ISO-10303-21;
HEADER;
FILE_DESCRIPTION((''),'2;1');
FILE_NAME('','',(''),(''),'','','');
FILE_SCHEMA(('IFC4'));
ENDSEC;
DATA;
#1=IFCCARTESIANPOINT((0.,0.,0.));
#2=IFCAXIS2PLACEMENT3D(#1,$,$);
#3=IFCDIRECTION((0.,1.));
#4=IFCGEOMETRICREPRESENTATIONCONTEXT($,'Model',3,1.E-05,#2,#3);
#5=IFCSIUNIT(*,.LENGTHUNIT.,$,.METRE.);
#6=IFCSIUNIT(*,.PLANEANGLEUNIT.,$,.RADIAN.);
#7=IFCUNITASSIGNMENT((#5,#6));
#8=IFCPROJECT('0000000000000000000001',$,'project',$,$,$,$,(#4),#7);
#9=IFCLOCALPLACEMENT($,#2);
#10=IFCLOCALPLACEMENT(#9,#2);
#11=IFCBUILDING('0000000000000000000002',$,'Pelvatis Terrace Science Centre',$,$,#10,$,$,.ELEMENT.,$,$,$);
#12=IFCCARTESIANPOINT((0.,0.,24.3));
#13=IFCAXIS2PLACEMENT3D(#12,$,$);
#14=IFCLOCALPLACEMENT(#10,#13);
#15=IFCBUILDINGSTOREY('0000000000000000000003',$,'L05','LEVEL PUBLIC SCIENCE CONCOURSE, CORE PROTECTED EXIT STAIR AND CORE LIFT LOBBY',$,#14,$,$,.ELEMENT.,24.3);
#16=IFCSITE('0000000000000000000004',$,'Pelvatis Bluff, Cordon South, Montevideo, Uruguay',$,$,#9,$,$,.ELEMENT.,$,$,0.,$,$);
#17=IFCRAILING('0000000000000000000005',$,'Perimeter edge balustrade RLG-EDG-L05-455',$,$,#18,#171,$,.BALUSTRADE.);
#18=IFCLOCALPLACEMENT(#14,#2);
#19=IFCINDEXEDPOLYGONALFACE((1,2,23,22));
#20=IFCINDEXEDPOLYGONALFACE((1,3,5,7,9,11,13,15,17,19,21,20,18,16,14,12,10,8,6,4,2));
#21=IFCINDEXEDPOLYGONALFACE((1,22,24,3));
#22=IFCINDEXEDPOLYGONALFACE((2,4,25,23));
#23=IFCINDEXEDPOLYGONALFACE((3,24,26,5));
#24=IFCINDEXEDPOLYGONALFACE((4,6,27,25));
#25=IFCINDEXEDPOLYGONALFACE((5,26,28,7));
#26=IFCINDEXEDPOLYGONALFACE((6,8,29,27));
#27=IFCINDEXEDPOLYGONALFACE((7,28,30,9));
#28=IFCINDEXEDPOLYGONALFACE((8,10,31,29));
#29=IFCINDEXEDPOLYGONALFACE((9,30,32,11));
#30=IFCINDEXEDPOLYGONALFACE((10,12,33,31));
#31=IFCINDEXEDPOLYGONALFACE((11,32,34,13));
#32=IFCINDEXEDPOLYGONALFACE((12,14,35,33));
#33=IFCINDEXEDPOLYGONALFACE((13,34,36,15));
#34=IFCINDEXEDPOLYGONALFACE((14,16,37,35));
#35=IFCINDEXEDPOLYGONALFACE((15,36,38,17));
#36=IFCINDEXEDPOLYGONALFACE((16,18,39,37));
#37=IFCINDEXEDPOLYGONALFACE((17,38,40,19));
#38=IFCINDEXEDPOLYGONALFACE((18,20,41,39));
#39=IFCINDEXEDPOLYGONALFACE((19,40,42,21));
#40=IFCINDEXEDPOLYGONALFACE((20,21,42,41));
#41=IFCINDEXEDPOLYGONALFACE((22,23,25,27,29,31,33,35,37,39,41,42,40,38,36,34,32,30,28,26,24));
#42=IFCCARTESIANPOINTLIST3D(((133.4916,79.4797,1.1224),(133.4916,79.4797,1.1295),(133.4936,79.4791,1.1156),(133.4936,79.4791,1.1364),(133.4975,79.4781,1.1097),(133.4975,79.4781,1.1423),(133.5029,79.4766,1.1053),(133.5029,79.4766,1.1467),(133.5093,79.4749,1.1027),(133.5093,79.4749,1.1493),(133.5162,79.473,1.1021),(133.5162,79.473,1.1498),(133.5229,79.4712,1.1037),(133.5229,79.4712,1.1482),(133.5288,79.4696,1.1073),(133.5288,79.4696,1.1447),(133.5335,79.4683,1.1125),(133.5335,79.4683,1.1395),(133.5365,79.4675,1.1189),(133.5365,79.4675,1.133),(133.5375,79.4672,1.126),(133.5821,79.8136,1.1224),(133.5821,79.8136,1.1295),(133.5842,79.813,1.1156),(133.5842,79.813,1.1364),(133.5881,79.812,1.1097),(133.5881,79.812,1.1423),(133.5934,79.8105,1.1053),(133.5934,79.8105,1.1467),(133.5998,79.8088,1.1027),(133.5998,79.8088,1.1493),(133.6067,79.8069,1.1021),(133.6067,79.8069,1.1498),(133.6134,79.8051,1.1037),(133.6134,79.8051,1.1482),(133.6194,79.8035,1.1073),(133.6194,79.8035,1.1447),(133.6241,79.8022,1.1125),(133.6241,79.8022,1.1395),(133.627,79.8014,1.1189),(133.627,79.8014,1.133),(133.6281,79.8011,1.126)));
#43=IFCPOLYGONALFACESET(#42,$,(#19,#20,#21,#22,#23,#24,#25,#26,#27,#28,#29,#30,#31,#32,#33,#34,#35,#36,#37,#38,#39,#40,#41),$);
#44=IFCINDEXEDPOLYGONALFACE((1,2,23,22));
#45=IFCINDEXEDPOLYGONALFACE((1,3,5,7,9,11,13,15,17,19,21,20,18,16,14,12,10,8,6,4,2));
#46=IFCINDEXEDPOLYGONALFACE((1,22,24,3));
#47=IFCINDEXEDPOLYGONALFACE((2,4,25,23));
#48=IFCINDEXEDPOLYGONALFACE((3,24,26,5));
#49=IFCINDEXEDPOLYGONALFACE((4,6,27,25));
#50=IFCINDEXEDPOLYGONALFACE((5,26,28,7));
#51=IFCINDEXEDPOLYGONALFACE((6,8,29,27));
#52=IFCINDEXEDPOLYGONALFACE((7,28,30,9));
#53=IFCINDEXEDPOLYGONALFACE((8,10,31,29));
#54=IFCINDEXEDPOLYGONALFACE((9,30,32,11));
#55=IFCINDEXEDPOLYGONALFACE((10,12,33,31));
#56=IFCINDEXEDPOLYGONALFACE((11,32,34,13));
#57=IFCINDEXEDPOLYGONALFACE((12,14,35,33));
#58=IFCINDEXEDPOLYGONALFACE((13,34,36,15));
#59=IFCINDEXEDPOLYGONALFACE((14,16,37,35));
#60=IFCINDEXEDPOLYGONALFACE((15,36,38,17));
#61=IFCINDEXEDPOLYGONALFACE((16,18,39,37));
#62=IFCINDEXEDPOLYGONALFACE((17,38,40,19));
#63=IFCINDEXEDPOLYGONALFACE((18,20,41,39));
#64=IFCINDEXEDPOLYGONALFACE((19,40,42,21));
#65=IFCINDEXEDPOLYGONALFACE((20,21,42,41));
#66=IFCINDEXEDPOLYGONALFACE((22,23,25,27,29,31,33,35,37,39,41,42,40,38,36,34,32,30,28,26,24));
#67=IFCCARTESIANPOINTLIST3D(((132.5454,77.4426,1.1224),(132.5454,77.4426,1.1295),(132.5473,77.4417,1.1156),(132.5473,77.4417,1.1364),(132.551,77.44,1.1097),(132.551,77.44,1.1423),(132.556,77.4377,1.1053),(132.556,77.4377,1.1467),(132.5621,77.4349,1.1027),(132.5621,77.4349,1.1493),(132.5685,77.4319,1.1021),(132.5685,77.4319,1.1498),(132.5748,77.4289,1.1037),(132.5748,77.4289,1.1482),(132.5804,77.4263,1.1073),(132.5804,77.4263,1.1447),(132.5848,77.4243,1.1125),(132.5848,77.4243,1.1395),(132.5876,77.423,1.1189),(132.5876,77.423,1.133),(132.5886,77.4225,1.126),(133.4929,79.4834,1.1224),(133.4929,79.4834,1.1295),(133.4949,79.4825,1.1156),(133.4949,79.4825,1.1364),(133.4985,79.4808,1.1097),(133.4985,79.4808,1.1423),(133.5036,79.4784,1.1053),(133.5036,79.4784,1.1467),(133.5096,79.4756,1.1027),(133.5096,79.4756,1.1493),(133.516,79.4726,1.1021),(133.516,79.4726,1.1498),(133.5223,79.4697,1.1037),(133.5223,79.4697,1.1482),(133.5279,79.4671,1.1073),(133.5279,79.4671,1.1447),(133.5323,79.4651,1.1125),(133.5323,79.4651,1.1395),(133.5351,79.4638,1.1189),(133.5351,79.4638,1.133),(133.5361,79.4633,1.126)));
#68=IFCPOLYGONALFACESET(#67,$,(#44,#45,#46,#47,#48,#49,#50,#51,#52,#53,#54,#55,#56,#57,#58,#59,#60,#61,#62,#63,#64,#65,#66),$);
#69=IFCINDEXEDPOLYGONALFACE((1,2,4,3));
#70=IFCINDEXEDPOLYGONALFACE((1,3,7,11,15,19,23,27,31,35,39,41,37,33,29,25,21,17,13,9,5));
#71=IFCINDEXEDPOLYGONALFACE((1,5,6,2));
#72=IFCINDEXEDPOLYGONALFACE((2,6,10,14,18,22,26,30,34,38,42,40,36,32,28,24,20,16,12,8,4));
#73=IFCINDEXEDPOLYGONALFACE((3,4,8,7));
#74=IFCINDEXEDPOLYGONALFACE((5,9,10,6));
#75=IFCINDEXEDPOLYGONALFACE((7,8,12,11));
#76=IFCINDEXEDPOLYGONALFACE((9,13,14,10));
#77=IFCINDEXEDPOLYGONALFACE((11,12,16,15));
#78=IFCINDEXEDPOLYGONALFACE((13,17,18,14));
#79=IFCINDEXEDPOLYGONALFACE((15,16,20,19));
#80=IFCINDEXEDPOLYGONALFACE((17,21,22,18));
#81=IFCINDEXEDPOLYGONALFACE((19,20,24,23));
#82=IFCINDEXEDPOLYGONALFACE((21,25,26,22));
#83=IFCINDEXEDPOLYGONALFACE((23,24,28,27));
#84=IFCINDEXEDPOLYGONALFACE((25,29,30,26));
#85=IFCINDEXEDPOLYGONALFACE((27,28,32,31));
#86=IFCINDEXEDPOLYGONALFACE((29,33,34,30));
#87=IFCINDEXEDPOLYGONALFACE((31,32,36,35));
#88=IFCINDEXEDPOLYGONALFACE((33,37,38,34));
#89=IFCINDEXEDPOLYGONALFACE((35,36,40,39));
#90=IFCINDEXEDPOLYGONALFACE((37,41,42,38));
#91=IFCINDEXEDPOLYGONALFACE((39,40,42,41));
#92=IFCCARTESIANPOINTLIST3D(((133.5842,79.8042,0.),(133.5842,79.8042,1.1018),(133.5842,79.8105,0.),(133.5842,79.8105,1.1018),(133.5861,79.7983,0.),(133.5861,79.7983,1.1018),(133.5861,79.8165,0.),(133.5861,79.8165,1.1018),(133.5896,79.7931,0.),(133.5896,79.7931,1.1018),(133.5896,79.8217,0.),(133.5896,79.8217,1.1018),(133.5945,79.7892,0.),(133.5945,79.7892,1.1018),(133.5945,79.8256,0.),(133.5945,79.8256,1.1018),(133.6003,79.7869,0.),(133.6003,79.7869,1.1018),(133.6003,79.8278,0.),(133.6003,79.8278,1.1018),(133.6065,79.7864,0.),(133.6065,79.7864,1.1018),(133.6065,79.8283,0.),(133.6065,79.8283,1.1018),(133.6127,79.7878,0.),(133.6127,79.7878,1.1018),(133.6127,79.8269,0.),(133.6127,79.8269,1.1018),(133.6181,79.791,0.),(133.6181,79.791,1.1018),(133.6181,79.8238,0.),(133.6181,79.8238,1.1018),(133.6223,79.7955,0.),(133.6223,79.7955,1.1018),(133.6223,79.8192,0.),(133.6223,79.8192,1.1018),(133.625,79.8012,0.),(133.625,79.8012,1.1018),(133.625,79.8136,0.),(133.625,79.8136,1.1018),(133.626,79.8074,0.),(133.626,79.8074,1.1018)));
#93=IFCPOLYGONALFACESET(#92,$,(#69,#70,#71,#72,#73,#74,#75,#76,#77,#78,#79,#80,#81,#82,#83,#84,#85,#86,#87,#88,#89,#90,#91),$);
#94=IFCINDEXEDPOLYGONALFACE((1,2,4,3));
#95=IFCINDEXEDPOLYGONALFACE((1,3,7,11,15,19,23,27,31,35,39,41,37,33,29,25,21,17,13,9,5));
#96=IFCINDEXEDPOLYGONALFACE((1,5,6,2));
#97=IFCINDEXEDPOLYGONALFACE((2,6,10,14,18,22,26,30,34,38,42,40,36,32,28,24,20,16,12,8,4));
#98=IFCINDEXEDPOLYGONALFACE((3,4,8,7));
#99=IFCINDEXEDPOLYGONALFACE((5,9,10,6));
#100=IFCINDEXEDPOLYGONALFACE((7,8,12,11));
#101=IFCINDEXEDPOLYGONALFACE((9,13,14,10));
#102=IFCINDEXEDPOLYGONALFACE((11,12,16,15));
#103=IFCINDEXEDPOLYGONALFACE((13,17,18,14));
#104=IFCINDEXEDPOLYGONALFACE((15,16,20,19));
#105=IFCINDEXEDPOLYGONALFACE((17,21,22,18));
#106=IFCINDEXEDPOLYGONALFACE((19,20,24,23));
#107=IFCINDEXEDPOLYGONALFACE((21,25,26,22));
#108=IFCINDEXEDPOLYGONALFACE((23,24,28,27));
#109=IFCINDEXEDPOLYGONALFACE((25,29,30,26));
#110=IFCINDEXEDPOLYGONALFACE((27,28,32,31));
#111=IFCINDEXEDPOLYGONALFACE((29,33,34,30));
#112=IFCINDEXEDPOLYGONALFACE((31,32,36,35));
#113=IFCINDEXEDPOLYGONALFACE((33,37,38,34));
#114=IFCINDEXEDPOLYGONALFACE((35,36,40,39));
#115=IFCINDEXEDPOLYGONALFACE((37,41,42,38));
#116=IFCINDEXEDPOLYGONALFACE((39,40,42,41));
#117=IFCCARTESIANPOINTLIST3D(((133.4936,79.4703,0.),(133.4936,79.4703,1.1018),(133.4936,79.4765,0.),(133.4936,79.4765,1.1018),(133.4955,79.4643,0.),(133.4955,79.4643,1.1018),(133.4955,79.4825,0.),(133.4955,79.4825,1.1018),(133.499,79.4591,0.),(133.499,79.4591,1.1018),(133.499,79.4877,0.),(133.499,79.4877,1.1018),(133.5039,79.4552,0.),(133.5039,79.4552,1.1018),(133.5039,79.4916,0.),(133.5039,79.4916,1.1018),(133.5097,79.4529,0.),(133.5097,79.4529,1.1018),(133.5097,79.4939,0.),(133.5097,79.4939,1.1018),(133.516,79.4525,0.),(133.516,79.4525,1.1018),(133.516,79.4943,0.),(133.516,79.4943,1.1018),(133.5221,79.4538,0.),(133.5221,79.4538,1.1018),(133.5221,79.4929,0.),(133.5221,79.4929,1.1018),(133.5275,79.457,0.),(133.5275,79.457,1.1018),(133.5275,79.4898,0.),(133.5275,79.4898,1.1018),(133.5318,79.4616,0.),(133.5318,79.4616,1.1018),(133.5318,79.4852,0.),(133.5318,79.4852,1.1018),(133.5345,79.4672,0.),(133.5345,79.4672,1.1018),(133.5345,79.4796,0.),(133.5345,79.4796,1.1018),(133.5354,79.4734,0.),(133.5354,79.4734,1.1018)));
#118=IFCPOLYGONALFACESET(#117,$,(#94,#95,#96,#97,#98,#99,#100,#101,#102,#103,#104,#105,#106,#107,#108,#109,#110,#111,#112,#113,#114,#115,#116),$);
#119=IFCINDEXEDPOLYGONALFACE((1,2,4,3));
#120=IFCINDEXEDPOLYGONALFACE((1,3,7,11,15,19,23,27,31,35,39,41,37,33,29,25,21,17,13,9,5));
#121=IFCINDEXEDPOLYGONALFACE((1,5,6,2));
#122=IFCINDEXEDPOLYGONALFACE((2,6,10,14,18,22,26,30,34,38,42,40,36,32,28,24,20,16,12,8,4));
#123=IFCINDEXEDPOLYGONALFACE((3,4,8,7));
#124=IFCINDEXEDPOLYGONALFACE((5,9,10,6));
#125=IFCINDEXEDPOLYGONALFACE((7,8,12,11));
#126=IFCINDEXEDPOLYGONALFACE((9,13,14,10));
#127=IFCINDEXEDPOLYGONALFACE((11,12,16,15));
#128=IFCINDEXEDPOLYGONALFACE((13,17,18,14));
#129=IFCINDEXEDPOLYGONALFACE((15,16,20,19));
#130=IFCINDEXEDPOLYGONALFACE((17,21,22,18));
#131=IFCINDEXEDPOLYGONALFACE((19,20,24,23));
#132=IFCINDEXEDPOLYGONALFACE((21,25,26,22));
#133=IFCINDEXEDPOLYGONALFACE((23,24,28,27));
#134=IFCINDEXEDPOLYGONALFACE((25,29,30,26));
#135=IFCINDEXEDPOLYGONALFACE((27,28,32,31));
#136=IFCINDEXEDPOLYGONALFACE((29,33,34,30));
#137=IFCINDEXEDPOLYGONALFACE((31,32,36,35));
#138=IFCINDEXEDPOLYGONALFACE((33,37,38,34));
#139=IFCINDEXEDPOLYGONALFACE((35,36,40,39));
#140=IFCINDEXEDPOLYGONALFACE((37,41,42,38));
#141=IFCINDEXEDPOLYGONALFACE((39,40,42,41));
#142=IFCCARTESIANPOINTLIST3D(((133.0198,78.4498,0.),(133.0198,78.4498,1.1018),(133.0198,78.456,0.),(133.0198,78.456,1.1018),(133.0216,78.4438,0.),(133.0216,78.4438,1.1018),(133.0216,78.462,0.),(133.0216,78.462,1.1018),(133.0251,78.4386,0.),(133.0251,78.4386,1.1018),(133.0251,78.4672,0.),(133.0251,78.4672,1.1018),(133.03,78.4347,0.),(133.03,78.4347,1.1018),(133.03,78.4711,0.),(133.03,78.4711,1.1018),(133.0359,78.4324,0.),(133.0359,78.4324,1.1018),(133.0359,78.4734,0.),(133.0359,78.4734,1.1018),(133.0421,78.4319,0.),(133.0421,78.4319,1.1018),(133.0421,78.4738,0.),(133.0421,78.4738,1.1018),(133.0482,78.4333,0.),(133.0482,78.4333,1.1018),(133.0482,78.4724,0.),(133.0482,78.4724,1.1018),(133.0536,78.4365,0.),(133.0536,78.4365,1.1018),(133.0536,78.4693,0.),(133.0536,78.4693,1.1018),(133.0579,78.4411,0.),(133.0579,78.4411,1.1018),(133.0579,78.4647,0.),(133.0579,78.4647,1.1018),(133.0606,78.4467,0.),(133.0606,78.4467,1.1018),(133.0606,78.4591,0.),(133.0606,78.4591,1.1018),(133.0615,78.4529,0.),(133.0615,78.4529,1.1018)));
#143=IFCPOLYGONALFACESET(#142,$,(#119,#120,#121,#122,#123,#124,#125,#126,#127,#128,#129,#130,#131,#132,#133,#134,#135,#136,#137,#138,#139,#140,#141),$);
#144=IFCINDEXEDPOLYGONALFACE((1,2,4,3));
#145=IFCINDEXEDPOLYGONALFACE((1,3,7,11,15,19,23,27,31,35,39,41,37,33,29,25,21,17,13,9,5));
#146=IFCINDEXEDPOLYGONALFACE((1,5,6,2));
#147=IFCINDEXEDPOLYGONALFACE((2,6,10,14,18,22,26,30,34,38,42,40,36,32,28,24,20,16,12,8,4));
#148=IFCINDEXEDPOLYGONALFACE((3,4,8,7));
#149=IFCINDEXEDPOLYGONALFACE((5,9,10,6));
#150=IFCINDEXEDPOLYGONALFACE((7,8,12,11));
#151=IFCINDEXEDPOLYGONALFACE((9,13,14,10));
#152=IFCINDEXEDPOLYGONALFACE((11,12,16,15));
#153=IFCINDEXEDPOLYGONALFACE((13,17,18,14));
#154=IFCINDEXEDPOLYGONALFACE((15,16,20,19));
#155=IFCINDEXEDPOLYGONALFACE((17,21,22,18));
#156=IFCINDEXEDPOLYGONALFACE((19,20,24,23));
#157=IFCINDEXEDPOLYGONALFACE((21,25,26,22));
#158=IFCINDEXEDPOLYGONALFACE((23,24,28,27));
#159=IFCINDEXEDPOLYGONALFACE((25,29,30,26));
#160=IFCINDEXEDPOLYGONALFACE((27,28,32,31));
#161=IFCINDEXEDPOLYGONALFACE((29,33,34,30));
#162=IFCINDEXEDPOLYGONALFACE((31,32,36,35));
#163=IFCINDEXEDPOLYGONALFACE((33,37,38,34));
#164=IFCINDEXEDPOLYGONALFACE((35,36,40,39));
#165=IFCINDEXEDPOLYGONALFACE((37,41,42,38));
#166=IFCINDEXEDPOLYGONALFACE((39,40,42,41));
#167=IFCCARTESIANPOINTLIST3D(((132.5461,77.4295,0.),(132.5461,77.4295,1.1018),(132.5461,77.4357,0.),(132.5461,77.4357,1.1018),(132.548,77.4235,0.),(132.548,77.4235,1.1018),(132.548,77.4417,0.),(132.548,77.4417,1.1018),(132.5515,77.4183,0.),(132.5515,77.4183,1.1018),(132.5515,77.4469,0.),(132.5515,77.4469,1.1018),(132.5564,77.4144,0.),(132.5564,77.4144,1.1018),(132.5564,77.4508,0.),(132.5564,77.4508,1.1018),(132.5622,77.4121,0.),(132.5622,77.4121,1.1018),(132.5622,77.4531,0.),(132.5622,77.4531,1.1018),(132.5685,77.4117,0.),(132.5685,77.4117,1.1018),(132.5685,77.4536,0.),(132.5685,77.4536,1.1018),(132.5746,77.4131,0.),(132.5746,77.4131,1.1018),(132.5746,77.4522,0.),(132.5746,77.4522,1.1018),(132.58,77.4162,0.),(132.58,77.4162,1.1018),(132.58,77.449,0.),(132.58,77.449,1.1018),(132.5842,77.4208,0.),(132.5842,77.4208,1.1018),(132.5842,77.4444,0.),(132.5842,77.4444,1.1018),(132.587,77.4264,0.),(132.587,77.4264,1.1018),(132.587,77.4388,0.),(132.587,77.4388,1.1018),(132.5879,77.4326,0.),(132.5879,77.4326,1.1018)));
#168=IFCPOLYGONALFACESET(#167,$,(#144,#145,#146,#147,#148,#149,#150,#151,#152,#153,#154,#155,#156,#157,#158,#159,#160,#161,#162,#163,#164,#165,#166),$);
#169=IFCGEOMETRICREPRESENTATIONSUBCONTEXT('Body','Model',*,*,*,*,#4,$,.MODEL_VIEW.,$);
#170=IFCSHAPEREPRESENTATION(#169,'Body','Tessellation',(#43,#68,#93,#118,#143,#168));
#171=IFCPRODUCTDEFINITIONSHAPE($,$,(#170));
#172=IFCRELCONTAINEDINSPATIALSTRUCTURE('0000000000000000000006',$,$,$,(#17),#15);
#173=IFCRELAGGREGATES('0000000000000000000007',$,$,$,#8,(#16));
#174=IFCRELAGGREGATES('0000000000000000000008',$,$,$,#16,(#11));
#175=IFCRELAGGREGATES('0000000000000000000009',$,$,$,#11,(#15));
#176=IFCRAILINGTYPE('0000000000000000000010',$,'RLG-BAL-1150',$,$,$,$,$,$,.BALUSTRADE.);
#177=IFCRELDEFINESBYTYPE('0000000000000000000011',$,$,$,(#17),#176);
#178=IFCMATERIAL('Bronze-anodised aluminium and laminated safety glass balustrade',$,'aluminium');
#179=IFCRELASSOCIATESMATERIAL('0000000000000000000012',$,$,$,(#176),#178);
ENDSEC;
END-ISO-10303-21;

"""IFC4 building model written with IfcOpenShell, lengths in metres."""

from ifc_helpers import new_model, si_unit, direction, frame, origin, origin_2d, place, context, subcontext, project, spatial, circle, extrude, material, type_object, element, save


model = new_model("IFC4")

# Units and contexts
model_context = context("Model", 3, precision=1e-05, world=origin(), true_north=direction((0.0, 1.0)))
body_context = subcontext(model_context, "Body", "Model", "MODEL_VIEW")
ifc_project = project(units=[si_unit("LENGTHUNIT", "METRE"), si_unit("PLANEANGLEUNIT", "RADIAN")], contexts=[model_context])

# Site, building, storey
site_placement = place(None, origin())
site = spatial("IfcSite", under=ifc_project, at=site_placement, Name="Pelvatis Bluff, Cordon South, Montevideo, Uruguay", CompositionType="ELEMENT", RefElevation=0.0)
building_placement = place(site_placement, origin())
building = spatial("IfcBuilding", under=site, at=building_placement, Name="Pelvatis Terrace Science Centre", CompositionType="ELEMENT")
storey_placement = place(building_placement, frame((0.0, 0.0, 24.3)))
storey = spatial("IfcBuildingStorey", under=building, at=storey_placement, Name="L05", Description="LEVEL PUBLIC SCIENCE CONCOURSE, CORE PROTECTED EXIT STAIR AND CORE LIFT LOBBY", CompositionType="ELEMENT", Elevation=24.3)

# Railing
ifc_material_1 = material(Name="Bronze-anodised aluminium and laminated safety glass balustrade", Category="aluminium")
railing_type = type_object("IfcRailingType", Name="RLG-BAL-1150", PredefinedType="BALUSTRADE", material=ifc_material_1)
railing_placement = place(storey_placement, frame((133.605, 79.8074, 0.0)))
element("IfcRailing", 1, at=railing_placement, inside=storey, type_object=railing_type, Name="Perimeter edge balustrade RLG-EDG-L05-455", PredefinedType="BALUSTRADE", context=body_context, shape_type="SweptSolid", body=[
    extrude(circle(Radius=0.0239, at=origin_2d()), frame((0.0, 0.0, 1.126), z_axis=(-0.261744, -0.965137, 0.0), x_axis=(0.965137, -0.261744, 0.0)), (0.0, 0.0, 1.0), 0.3459),
    extrude(circle(Radius=0.0239, at=origin_2d()), frame((-0.0906, -0.334, 1.126), z_axis=(-0.421114, -0.907007, 0.0), x_axis=(0.907007, -0.421114, 0.0)), (0.0, 0.0, 1.0), 2.25),
    extrude(circle(Radius=0.021, at=origin_2d()), origin(), (0.0, 0.0, 1.0), 1.1018),
    extrude(circle(Radius=0.021, at=origin_2d()), frame((-0.0906, -0.334, 0.0)), (0.0, 0.0, 1.0), 1.1018),
    extrude(circle(Radius=0.021, at=origin_2d()), frame((-0.5645, -1.3545, 0.0)), (0.0, 0.0, 1.0), 1.1018),
    extrude(circle(Radius=0.021, at=origin_2d()), frame((-1.0381, -2.3748, 0.0)), (0.0, 0.0, 1.0), 1.1018),
])

save(model, "model.ifc")
